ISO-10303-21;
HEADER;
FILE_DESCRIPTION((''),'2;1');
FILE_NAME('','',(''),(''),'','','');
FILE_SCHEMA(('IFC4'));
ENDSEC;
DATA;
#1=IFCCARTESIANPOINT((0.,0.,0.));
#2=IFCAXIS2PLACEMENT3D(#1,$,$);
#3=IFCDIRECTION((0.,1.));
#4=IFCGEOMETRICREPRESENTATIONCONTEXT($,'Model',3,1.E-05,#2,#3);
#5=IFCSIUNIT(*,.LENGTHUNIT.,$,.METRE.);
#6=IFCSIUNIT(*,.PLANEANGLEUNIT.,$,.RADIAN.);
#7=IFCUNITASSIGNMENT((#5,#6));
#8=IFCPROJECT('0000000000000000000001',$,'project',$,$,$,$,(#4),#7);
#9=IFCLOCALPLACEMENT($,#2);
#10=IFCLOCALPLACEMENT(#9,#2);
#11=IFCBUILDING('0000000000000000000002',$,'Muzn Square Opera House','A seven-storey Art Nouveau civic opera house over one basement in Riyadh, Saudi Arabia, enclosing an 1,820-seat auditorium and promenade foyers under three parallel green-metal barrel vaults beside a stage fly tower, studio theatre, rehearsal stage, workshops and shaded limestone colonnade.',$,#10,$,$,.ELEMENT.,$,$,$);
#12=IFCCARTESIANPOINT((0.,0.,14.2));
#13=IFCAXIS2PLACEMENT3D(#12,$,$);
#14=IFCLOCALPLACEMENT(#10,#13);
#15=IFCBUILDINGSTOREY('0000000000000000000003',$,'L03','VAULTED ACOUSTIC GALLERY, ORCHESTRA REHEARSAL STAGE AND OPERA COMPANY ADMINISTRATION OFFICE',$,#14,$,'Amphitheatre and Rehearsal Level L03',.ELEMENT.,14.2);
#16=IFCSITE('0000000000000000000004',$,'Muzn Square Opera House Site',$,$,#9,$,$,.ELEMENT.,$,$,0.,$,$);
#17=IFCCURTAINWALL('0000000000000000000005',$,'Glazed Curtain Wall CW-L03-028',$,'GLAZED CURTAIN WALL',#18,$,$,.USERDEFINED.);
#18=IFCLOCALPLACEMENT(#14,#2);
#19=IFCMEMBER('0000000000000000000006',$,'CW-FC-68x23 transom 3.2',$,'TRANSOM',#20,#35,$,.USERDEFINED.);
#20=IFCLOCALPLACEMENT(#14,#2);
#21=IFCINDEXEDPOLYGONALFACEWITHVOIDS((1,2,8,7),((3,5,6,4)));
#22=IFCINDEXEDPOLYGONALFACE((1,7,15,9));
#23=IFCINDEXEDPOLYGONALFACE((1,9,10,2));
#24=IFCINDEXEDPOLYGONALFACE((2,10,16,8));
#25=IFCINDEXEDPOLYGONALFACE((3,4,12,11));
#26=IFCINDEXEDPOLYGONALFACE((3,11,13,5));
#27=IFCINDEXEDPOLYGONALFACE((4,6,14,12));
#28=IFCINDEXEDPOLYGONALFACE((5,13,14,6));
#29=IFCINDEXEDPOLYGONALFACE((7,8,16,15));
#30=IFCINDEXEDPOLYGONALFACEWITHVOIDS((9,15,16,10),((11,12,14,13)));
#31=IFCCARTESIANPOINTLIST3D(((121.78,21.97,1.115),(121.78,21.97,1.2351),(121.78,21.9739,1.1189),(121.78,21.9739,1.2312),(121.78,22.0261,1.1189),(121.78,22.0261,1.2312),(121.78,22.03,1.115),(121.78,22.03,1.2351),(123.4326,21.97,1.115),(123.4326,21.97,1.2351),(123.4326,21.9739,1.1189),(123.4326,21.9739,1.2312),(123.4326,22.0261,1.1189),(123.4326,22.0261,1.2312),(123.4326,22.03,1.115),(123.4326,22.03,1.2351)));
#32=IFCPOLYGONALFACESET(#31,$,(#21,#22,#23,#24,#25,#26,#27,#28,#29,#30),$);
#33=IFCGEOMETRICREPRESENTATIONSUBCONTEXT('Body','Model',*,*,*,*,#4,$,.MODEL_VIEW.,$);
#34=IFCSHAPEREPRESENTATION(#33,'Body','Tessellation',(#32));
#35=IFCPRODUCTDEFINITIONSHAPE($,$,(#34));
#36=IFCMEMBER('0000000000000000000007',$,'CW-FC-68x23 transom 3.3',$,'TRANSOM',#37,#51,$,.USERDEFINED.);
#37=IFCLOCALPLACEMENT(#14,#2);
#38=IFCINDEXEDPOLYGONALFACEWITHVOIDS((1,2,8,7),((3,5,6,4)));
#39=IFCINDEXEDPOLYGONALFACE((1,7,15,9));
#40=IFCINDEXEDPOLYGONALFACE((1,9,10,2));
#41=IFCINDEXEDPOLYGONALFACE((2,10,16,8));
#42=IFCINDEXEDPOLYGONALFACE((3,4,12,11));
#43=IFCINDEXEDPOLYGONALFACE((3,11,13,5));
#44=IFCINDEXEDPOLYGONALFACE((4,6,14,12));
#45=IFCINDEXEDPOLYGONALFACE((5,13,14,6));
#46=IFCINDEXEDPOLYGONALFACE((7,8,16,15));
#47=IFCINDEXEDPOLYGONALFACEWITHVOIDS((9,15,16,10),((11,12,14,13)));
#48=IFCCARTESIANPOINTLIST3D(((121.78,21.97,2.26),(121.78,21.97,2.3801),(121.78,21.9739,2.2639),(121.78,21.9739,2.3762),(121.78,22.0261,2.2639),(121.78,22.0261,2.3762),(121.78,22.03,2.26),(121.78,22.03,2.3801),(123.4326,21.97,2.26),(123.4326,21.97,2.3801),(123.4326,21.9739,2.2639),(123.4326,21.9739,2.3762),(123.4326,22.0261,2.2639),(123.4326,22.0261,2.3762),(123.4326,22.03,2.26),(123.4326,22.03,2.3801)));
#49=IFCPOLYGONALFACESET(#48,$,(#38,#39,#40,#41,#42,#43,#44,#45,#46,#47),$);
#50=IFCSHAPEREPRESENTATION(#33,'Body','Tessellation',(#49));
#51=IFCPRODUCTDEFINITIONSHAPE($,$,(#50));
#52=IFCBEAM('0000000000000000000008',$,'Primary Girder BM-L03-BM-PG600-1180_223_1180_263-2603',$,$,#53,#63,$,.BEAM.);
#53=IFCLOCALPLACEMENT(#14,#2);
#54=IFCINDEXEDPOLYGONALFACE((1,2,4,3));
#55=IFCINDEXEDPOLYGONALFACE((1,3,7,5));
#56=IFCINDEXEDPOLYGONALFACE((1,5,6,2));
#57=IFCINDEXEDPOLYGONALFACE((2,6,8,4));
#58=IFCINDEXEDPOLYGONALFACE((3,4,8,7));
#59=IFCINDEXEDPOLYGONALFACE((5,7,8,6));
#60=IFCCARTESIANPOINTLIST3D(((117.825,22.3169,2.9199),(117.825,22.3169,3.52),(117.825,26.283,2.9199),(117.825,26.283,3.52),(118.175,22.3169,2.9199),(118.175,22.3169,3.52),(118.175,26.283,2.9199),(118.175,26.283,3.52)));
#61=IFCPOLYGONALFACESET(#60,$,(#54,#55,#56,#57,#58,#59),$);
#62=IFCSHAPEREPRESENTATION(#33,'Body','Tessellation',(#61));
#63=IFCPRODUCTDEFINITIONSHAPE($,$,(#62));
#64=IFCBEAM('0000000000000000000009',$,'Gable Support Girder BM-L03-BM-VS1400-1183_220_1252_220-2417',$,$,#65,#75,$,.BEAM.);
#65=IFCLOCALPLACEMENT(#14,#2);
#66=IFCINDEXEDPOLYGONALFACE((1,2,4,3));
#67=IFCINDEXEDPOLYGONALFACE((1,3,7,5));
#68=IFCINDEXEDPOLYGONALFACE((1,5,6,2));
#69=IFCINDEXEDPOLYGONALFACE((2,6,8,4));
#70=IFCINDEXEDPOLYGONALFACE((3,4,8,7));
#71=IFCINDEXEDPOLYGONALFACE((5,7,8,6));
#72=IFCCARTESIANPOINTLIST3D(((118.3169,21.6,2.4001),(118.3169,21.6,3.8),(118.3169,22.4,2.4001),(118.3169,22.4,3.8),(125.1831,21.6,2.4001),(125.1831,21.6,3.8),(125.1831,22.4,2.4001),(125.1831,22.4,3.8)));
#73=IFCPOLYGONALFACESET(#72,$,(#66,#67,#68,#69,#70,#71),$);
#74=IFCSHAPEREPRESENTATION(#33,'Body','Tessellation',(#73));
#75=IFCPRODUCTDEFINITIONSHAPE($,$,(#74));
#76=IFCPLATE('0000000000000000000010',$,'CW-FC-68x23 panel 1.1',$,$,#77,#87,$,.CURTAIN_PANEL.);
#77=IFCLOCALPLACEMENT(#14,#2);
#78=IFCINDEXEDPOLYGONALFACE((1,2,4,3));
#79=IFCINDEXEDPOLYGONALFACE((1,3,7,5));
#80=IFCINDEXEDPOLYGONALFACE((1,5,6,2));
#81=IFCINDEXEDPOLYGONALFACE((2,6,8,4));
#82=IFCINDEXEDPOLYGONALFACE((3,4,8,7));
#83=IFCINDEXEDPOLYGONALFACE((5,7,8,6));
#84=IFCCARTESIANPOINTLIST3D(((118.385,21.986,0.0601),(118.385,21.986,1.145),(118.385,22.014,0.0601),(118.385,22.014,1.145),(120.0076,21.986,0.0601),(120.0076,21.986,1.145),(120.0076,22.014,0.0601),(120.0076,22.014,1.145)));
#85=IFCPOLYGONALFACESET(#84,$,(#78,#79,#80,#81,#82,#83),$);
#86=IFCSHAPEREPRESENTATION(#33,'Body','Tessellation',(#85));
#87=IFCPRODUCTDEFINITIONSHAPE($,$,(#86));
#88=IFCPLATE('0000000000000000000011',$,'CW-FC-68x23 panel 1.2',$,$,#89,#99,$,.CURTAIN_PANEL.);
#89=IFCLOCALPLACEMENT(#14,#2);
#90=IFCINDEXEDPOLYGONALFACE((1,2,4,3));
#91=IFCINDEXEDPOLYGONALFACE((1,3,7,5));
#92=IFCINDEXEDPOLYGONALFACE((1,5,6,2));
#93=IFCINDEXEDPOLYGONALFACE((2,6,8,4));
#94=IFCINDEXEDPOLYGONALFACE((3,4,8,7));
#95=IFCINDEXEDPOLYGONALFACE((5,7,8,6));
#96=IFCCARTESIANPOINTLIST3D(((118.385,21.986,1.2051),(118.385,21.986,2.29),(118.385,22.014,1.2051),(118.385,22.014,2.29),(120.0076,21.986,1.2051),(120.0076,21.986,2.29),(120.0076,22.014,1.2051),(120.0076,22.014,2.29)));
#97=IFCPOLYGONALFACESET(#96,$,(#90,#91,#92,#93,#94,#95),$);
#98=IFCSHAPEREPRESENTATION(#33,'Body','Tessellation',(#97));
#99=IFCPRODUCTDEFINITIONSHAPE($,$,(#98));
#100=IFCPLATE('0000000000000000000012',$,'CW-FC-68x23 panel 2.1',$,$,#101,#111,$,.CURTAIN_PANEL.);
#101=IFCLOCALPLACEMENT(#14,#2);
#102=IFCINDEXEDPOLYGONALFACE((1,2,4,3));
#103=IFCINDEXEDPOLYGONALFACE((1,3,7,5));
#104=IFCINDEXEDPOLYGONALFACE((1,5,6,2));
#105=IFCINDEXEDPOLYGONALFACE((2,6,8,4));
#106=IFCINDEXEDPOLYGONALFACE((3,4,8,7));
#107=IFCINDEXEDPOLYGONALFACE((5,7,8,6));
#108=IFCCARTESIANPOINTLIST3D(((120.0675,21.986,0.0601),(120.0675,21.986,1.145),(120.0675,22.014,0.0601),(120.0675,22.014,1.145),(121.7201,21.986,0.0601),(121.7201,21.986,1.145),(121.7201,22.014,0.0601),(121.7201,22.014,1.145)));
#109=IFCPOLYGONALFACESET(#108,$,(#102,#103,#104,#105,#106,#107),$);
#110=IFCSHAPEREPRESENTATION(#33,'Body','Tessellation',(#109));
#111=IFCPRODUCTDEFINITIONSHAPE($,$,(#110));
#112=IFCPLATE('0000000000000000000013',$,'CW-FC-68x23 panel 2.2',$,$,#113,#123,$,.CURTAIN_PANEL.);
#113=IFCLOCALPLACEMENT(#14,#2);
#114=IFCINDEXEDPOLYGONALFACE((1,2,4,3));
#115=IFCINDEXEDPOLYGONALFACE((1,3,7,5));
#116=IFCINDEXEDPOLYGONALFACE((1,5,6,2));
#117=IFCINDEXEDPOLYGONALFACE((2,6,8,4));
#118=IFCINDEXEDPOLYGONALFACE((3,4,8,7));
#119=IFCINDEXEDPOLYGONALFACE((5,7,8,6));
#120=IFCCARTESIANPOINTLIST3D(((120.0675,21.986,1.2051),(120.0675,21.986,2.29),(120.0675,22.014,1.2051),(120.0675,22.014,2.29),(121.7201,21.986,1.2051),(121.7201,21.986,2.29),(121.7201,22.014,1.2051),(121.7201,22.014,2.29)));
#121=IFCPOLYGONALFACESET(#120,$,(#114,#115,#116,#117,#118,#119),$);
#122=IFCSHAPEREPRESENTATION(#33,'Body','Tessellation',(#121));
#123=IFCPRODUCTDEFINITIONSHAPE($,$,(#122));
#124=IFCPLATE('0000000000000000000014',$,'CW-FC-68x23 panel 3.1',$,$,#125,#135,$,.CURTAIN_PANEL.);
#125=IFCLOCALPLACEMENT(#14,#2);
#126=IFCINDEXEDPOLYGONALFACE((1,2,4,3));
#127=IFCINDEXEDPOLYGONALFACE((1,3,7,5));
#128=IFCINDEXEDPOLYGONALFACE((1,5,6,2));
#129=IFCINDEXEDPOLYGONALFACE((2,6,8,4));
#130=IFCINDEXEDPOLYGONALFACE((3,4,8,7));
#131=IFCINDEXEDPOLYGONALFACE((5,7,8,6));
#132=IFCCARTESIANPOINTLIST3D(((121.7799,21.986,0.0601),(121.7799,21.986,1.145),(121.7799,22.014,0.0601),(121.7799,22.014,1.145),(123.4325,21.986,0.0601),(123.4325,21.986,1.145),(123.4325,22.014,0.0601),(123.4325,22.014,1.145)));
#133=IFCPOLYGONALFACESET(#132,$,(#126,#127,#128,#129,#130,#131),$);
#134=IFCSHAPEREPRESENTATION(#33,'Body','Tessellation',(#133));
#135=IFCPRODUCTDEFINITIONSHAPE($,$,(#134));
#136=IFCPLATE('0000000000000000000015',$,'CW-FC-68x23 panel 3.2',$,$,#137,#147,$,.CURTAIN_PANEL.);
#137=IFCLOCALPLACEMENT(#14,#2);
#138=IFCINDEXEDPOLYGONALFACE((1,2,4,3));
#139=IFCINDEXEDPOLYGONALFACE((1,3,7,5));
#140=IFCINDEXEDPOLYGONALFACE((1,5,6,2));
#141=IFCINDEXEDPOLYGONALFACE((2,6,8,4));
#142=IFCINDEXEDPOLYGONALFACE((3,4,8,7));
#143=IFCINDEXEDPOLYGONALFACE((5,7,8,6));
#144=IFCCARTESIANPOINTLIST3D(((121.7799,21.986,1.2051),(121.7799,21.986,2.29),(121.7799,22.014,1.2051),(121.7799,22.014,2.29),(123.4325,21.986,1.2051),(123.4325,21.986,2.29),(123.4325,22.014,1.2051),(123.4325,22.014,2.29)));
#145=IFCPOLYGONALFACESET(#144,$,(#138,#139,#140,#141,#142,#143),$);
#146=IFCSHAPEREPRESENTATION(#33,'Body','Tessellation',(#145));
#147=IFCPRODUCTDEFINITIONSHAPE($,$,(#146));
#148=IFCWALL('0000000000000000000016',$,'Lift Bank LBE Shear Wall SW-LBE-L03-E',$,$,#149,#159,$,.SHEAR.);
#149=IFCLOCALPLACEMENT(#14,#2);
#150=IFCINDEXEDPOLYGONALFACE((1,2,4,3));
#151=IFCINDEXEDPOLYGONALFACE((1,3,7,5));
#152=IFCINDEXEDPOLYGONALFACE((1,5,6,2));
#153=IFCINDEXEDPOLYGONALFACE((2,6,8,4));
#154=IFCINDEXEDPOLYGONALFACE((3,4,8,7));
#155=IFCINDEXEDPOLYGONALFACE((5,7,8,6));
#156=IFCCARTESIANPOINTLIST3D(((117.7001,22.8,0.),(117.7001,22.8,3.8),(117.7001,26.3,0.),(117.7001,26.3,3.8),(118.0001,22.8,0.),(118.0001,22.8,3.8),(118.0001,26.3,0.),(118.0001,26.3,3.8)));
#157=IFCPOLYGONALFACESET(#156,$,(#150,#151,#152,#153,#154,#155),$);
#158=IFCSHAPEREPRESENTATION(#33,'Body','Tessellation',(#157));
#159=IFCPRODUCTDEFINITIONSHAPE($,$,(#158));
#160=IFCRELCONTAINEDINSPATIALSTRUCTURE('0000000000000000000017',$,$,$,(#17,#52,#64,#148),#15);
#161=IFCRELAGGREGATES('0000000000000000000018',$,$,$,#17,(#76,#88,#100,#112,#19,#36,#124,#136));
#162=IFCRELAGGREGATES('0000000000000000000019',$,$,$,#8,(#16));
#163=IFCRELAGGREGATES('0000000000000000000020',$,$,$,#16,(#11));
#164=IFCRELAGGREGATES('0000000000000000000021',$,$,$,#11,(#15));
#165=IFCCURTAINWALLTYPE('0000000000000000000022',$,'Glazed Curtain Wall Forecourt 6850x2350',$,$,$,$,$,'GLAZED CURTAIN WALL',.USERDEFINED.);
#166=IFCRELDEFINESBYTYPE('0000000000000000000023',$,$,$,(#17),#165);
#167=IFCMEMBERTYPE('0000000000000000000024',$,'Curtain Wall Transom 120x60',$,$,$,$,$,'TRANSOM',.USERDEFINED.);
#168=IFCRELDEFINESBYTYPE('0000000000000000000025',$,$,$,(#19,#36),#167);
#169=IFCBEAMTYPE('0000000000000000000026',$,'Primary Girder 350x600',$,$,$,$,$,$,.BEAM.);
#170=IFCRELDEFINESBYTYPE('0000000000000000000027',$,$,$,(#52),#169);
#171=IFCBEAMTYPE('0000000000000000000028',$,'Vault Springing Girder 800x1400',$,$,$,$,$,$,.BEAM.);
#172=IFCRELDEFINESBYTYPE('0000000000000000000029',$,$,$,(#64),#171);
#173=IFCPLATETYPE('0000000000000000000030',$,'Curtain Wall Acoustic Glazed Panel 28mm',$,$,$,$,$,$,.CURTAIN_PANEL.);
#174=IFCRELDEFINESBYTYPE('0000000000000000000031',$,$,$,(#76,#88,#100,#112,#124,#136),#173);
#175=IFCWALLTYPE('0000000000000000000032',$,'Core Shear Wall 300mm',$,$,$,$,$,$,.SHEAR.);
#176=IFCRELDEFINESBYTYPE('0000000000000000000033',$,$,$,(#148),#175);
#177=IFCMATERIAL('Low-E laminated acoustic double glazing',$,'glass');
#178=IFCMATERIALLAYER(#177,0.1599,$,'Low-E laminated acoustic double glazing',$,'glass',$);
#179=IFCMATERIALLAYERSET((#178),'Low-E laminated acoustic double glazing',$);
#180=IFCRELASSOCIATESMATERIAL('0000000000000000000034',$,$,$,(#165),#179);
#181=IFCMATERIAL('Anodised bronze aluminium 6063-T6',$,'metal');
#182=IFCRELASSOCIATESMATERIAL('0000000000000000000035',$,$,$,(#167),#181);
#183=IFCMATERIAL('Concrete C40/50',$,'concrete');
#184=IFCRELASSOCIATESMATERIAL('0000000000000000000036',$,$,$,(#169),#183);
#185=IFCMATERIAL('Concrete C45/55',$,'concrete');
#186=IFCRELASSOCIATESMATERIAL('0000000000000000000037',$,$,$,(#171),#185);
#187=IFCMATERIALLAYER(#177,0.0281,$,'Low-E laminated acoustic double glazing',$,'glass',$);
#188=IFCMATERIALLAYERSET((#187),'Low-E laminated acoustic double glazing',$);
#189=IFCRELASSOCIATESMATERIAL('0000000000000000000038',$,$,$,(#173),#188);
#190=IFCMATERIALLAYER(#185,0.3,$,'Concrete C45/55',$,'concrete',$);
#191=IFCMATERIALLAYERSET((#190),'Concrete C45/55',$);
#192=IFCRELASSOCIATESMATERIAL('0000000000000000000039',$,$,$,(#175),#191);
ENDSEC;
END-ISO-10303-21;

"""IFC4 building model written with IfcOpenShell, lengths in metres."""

from ifc_helpers import new_model, si_unit, direction, frame, frame_2d, origin, origin_2d, place, context, subcontext, project, spatial, rectangle, hollow_rectangle, extrude, material, layer, layer_set, material_profile, profile_set, type_object, element, aggregate, save


model = new_model("IFC4")

# Units and contexts
model_context = context("Model", 3, precision=1e-05, world=origin(), true_north=direction((0.0, 1.0)))
body_context = subcontext(model_context, "Body", "Model", "MODEL_VIEW")
ifc_project = project(units=[si_unit("LENGTHUNIT", "METRE"), si_unit("PLANEANGLEUNIT", "RADIAN")], contexts=[model_context])

# Site, building, storey
site_placement = place(None, origin())
site = spatial("IfcSite", under=ifc_project, at=site_placement, Name="Muzn Square Opera House Site", CompositionType="ELEMENT", RefElevation=0.0)
building_placement = place(site_placement, origin())
building = spatial("IfcBuilding", under=site, at=building_placement, Name="Muzn Square Opera House", Description="A seven-storey Art Nouveau civic opera house over one basement in Riyadh, Saudi Arabia, enclosing an 1,820-seat auditorium and promenade foyers under three parallel green-metal barrel vaults beside a stage fly tower, studio theatre, rehearsal stage, workshops and shaded limestone colonnade.", CompositionType="ELEMENT")
storey_placement = place(building_placement, frame((0.0, 0.0, 14.2)))
storey = spatial("IfcBuildingStorey", under=building, at=storey_placement, Name="L03", Description="VAULTED ACOUSTIC GALLERY, ORCHESTRA REHEARSAL STAGE AND OPERA COMPANY ADMINISTRATION OFFICE", LongName="Amphitheatre and Rehearsal Level L03", CompositionType="ELEMENT", Elevation=14.2)

# Shared definitions
ifc_material_1 = material(Name="Concrete C45/55", Category="concrete")

# Curtain wall, members
ifc_material_2 = material(Name="Low-E laminated acoustic double glazing", Category="glass")
ifc_layer_1 = layer(ifc_material_2, 0.1599, Name="Low-E laminated acoustic double glazing", Category="glass")
ifc_layer_set_1 = layer_set([ifc_layer_1], Name="Low-E laminated acoustic double glazing")
curtain_wall_type = type_object("IfcCurtainWallType", Name="Glazed Curtain Wall Forecourt 6850x2350", ElementType="GLAZED CURTAIN WALL", PredefinedType="USERDEFINED", material=ifc_layer_set_1)
curtain_wall_placement = place(storey_placement, origin())
curtain_wall = element("IfcCurtainWall", 1, at=curtain_wall_placement, inside=storey, type_object=curtain_wall_type, Name="Glazed Curtain Wall CW-L03-028", ObjectType="GLAZED CURTAIN WALL", PredefinedType="USERDEFINED")
ifc_material_3 = material(Name="Anodised bronze aluminium 6063-T6", Category="metal")
ifc_material_profile_1 = material_profile(ifc_material_3, hollow_rectangle(XDim=0.0601, YDim=0.1201, WallThickness=0.0039, at=origin_2d()), Name="ALU 120x60x4", Category="metal")
ifc_profile_set_1 = profile_set([ifc_material_profile_1], Name="Anodised bronze aluminium 6063-T6")
member_type_1 = type_object("IfcMemberType", Name="Curtain Wall Transom 120x60", ElementType="TRANSOM", PredefinedType="USERDEFINED", material=ifc_profile_set_1)
member_1_placement = place(storey_placement, frame((121.78, 22.0, 1.175), z_axis=(1.0, 0.0, 0.0), x_axis=(0.0, 1.0, 0.0)))
member_1 = element("IfcMember", 2, at=member_1_placement, type_object=member_type_1, Name="CW-FC-68x23 transom 3.2", ObjectType="TRANSOM", PredefinedType="USERDEFINED", context=body_context, shape_type="SweptSolid", body=[
    extrude(hollow_rectangle(XDim=0.0601, YDim=0.1201, WallThickness=0.0039, at=origin_2d()), origin(), (0.0, 0.0, 1.0), 1.6526),
])
member_2_placement = place(storey_placement, frame((121.78, 22.0, 2.3201), z_axis=(1.0, 0.0, 0.0), x_axis=(0.0, 1.0, 0.0)))
member_2 = element("IfcMember", 3, at=member_2_placement, type_object=member_type_1, Name="CW-FC-68x23 transom 3.3", ObjectType="TRANSOM", PredefinedType="USERDEFINED", context=body_context, shape_type="SweptSolid", body=[
    extrude(hollow_rectangle(XDim=0.0601, YDim=0.1201, WallThickness=0.0039, at=origin_2d()), origin(), (0.0, 0.0, 1.0), 1.6526),
])

# Beams
ifc_material_4 = material(Name="Concrete C40/50", Category="concrete")
ifc_material_profile_2 = material_profile(ifc_material_4, rectangle(XDim=0.3501, YDim=0.6001, at=origin_2d()), Name="RCB 350x600", Category="concrete")
ifc_profile_set_2 = profile_set([ifc_material_profile_2], Name="Concrete C40/50")
beam_type_1 = type_object("IfcBeamType", Name="Primary Girder 350x600", PredefinedType="BEAM", material=ifc_profile_set_2)
beam_1_placement = place(storey_placement, frame((118.0, 22.3169, 3.22), z_axis=(0.0, 1.0, 0.0), x_axis=(-1.0, 0.0, 0.0)))
element("IfcBeam", 4, at=beam_1_placement, inside=storey, type_object=beam_type_1, Name="Primary Girder BM-L03-BM-PG600-1180_223_1180_263-2603", PredefinedType="BEAM", context=body_context, shape_type="SweptSolid", body=[
    extrude(rectangle(XDim=0.3501, YDim=0.6001, at=origin_2d()), origin(), (0.0, 0.0, 1.0), 3.9661),
])
ifc_material_profile_3 = material_profile(ifc_material_1, rectangle(XDim=0.8, YDim=1.3999, at=origin_2d()), Name="RCB 800x1400", Category="concrete")
ifc_profile_set_3 = profile_set([ifc_material_profile_3], Name="Concrete C45/55")
beam_type_2 = type_object("IfcBeamType", Name="Vault Springing Girder 800x1400", PredefinedType="BEAM", material=ifc_profile_set_3)
beam_2_placement = place(storey_placement, frame((118.3169, 22.0, 3.1001), z_axis=(1.0, 0.0, 0.0), x_axis=(0.0, 1.0, 0.0)))
element("IfcBeam", 5, at=beam_2_placement, inside=storey, type_object=beam_type_2, Name="Gable Support Girder BM-L03-BM-VS1400-1183_220_1252_220-2417", PredefinedType="BEAM", context=body_context, shape_type="SweptSolid", body=[
    extrude(rectangle(XDim=0.8, YDim=1.3999, at=origin_2d()), origin(), (0.0, 0.0, 1.0), 6.8662),
])

# Plates
ifc_layer_2 = layer(ifc_material_2, 0.0281, Name="Low-E laminated acoustic double glazing", Category="glass")
ifc_layer_set_2 = layer_set([ifc_layer_2], Name="Low-E laminated acoustic double glazing")
plate_type = type_object("IfcPlateType", Name="Curtain Wall Acoustic Glazed Panel 28mm", PredefinedType="CURTAIN_PANEL", material=ifc_layer_set_2)
plate_1_placement = place(storey_placement, frame((119.1963, 22.0, 0.0601), z_axis=(0.0, 0.0, 1.0), x_axis=(1.0, 0.0, 0.0)))
plate_1 = element("IfcPlate", 6, at=plate_1_placement, type_object=plate_type, Name="CW-FC-68x23 panel 1.1", PredefinedType="CURTAIN_PANEL", context=body_context, shape_type="SweptSolid", body=[
    extrude(rectangle(XDim=1.6226, YDim=0.0281, at=origin_2d()), origin(), (0.0, 0.0, 1.0), 1.085),
])
plate_2_placement = place(storey_placement, frame((119.1963, 22.0, 1.2051), z_axis=(0.0, 0.0, 1.0), x_axis=(1.0, 0.0, 0.0)))
plate_2 = element("IfcPlate", 7, at=plate_2_placement, type_object=plate_type, Name="CW-FC-68x23 panel 1.2", PredefinedType="CURTAIN_PANEL", context=body_context, shape_type="SweptSolid", body=[
    extrude(rectangle(XDim=1.6226, YDim=0.0281, at=origin_2d()), origin(), (0.0, 0.0, 1.0), 1.085),
])
plate_3_placement = place(storey_placement, frame((120.8938, 22.0, 0.0601), z_axis=(0.0, 0.0, 1.0), x_axis=(1.0, 0.0, 0.0)))
plate_3 = element("IfcPlate", 8, at=plate_3_placement, type_object=plate_type, Name="CW-FC-68x23 panel 2.1", PredefinedType="CURTAIN_PANEL", context=body_context, shape_type="SweptSolid", body=[
    extrude(rectangle(XDim=1.6526, YDim=0.0281, at=origin_2d()), origin(), (0.0, 0.0, 1.0), 1.085),
])
plate_4_placement = place(storey_placement, frame((120.8938, 22.0, 1.2051), z_axis=(0.0, 0.0, 1.0), x_axis=(1.0, 0.0, 0.0)))
plate_4 = element("IfcPlate", 9, at=plate_4_placement, type_object=plate_type, Name="CW-FC-68x23 panel 2.2", PredefinedType="CURTAIN_PANEL", context=body_context, shape_type="SweptSolid", body=[
    extrude(rectangle(XDim=1.6526, YDim=0.0281, at=origin_2d()), origin(), (0.0, 0.0, 1.0), 1.085),
])
plate_5_placement = place(storey_placement, frame((122.6062, 22.0, 0.0601), z_axis=(0.0, 0.0, 1.0), x_axis=(1.0, 0.0, 0.0)))
plate_5 = element("IfcPlate", 10, at=plate_5_placement, type_object=plate_type, Name="CW-FC-68x23 panel 3.1", PredefinedType="CURTAIN_PANEL", context=body_context, shape_type="SweptSolid", body=[
    extrude(rectangle(XDim=1.6526, YDim=0.0281, at=origin_2d()), origin(), (0.0, 0.0, 1.0), 1.085),
])
plate_6_placement = place(storey_placement, frame((122.6062, 22.0, 1.2051), z_axis=(0.0, 0.0, 1.0), x_axis=(1.0, 0.0, 0.0)))
plate_6 = element("IfcPlate", 11, at=plate_6_placement, type_object=plate_type, Name="CW-FC-68x23 panel 3.2", PredefinedType="CURTAIN_PANEL", context=body_context, shape_type="SweptSolid", body=[
    extrude(rectangle(XDim=1.6526, YDim=0.0281, at=origin_2d()), origin(), (0.0, 0.0, 1.0), 1.085),
])
aggregate(curtain_wall, [plate_1, plate_2, plate_3, plate_4, member_1, member_2, plate_5, plate_6])

# Wall
ifc_layer_3 = layer(ifc_material_1, 0.3, Name="Concrete C45/55", Category="concrete")
ifc_layer_set_3 = layer_set([ifc_layer_3], Name="Concrete C45/55")
wall_type = type_object("IfcWallType", Name="Core Shear Wall 300mm", PredefinedType="SHEAR", material=ifc_layer_set_3)
wall_placement = place(storey_placement, frame((117.8501, 22.8, 0.0), z_axis=(0.0, 0.0, 1.0), x_axis=(0.0, 1.0, 0.0)))
element("IfcWall", 12, at=wall_placement, inside=storey, type_object=wall_type, Name="Lift Bank LBE Shear Wall SW-LBE-L03-E", PredefinedType="SHEAR", context=body_context, shape_type="SweptSolid", body=[
    extrude(rectangle(XDim=3.5, YDim=0.3, at=frame_2d((1.75, 0.0))), origin(), (0.0, 0.0, 1.0), 3.8),
])

save(model, "model.ifc")
